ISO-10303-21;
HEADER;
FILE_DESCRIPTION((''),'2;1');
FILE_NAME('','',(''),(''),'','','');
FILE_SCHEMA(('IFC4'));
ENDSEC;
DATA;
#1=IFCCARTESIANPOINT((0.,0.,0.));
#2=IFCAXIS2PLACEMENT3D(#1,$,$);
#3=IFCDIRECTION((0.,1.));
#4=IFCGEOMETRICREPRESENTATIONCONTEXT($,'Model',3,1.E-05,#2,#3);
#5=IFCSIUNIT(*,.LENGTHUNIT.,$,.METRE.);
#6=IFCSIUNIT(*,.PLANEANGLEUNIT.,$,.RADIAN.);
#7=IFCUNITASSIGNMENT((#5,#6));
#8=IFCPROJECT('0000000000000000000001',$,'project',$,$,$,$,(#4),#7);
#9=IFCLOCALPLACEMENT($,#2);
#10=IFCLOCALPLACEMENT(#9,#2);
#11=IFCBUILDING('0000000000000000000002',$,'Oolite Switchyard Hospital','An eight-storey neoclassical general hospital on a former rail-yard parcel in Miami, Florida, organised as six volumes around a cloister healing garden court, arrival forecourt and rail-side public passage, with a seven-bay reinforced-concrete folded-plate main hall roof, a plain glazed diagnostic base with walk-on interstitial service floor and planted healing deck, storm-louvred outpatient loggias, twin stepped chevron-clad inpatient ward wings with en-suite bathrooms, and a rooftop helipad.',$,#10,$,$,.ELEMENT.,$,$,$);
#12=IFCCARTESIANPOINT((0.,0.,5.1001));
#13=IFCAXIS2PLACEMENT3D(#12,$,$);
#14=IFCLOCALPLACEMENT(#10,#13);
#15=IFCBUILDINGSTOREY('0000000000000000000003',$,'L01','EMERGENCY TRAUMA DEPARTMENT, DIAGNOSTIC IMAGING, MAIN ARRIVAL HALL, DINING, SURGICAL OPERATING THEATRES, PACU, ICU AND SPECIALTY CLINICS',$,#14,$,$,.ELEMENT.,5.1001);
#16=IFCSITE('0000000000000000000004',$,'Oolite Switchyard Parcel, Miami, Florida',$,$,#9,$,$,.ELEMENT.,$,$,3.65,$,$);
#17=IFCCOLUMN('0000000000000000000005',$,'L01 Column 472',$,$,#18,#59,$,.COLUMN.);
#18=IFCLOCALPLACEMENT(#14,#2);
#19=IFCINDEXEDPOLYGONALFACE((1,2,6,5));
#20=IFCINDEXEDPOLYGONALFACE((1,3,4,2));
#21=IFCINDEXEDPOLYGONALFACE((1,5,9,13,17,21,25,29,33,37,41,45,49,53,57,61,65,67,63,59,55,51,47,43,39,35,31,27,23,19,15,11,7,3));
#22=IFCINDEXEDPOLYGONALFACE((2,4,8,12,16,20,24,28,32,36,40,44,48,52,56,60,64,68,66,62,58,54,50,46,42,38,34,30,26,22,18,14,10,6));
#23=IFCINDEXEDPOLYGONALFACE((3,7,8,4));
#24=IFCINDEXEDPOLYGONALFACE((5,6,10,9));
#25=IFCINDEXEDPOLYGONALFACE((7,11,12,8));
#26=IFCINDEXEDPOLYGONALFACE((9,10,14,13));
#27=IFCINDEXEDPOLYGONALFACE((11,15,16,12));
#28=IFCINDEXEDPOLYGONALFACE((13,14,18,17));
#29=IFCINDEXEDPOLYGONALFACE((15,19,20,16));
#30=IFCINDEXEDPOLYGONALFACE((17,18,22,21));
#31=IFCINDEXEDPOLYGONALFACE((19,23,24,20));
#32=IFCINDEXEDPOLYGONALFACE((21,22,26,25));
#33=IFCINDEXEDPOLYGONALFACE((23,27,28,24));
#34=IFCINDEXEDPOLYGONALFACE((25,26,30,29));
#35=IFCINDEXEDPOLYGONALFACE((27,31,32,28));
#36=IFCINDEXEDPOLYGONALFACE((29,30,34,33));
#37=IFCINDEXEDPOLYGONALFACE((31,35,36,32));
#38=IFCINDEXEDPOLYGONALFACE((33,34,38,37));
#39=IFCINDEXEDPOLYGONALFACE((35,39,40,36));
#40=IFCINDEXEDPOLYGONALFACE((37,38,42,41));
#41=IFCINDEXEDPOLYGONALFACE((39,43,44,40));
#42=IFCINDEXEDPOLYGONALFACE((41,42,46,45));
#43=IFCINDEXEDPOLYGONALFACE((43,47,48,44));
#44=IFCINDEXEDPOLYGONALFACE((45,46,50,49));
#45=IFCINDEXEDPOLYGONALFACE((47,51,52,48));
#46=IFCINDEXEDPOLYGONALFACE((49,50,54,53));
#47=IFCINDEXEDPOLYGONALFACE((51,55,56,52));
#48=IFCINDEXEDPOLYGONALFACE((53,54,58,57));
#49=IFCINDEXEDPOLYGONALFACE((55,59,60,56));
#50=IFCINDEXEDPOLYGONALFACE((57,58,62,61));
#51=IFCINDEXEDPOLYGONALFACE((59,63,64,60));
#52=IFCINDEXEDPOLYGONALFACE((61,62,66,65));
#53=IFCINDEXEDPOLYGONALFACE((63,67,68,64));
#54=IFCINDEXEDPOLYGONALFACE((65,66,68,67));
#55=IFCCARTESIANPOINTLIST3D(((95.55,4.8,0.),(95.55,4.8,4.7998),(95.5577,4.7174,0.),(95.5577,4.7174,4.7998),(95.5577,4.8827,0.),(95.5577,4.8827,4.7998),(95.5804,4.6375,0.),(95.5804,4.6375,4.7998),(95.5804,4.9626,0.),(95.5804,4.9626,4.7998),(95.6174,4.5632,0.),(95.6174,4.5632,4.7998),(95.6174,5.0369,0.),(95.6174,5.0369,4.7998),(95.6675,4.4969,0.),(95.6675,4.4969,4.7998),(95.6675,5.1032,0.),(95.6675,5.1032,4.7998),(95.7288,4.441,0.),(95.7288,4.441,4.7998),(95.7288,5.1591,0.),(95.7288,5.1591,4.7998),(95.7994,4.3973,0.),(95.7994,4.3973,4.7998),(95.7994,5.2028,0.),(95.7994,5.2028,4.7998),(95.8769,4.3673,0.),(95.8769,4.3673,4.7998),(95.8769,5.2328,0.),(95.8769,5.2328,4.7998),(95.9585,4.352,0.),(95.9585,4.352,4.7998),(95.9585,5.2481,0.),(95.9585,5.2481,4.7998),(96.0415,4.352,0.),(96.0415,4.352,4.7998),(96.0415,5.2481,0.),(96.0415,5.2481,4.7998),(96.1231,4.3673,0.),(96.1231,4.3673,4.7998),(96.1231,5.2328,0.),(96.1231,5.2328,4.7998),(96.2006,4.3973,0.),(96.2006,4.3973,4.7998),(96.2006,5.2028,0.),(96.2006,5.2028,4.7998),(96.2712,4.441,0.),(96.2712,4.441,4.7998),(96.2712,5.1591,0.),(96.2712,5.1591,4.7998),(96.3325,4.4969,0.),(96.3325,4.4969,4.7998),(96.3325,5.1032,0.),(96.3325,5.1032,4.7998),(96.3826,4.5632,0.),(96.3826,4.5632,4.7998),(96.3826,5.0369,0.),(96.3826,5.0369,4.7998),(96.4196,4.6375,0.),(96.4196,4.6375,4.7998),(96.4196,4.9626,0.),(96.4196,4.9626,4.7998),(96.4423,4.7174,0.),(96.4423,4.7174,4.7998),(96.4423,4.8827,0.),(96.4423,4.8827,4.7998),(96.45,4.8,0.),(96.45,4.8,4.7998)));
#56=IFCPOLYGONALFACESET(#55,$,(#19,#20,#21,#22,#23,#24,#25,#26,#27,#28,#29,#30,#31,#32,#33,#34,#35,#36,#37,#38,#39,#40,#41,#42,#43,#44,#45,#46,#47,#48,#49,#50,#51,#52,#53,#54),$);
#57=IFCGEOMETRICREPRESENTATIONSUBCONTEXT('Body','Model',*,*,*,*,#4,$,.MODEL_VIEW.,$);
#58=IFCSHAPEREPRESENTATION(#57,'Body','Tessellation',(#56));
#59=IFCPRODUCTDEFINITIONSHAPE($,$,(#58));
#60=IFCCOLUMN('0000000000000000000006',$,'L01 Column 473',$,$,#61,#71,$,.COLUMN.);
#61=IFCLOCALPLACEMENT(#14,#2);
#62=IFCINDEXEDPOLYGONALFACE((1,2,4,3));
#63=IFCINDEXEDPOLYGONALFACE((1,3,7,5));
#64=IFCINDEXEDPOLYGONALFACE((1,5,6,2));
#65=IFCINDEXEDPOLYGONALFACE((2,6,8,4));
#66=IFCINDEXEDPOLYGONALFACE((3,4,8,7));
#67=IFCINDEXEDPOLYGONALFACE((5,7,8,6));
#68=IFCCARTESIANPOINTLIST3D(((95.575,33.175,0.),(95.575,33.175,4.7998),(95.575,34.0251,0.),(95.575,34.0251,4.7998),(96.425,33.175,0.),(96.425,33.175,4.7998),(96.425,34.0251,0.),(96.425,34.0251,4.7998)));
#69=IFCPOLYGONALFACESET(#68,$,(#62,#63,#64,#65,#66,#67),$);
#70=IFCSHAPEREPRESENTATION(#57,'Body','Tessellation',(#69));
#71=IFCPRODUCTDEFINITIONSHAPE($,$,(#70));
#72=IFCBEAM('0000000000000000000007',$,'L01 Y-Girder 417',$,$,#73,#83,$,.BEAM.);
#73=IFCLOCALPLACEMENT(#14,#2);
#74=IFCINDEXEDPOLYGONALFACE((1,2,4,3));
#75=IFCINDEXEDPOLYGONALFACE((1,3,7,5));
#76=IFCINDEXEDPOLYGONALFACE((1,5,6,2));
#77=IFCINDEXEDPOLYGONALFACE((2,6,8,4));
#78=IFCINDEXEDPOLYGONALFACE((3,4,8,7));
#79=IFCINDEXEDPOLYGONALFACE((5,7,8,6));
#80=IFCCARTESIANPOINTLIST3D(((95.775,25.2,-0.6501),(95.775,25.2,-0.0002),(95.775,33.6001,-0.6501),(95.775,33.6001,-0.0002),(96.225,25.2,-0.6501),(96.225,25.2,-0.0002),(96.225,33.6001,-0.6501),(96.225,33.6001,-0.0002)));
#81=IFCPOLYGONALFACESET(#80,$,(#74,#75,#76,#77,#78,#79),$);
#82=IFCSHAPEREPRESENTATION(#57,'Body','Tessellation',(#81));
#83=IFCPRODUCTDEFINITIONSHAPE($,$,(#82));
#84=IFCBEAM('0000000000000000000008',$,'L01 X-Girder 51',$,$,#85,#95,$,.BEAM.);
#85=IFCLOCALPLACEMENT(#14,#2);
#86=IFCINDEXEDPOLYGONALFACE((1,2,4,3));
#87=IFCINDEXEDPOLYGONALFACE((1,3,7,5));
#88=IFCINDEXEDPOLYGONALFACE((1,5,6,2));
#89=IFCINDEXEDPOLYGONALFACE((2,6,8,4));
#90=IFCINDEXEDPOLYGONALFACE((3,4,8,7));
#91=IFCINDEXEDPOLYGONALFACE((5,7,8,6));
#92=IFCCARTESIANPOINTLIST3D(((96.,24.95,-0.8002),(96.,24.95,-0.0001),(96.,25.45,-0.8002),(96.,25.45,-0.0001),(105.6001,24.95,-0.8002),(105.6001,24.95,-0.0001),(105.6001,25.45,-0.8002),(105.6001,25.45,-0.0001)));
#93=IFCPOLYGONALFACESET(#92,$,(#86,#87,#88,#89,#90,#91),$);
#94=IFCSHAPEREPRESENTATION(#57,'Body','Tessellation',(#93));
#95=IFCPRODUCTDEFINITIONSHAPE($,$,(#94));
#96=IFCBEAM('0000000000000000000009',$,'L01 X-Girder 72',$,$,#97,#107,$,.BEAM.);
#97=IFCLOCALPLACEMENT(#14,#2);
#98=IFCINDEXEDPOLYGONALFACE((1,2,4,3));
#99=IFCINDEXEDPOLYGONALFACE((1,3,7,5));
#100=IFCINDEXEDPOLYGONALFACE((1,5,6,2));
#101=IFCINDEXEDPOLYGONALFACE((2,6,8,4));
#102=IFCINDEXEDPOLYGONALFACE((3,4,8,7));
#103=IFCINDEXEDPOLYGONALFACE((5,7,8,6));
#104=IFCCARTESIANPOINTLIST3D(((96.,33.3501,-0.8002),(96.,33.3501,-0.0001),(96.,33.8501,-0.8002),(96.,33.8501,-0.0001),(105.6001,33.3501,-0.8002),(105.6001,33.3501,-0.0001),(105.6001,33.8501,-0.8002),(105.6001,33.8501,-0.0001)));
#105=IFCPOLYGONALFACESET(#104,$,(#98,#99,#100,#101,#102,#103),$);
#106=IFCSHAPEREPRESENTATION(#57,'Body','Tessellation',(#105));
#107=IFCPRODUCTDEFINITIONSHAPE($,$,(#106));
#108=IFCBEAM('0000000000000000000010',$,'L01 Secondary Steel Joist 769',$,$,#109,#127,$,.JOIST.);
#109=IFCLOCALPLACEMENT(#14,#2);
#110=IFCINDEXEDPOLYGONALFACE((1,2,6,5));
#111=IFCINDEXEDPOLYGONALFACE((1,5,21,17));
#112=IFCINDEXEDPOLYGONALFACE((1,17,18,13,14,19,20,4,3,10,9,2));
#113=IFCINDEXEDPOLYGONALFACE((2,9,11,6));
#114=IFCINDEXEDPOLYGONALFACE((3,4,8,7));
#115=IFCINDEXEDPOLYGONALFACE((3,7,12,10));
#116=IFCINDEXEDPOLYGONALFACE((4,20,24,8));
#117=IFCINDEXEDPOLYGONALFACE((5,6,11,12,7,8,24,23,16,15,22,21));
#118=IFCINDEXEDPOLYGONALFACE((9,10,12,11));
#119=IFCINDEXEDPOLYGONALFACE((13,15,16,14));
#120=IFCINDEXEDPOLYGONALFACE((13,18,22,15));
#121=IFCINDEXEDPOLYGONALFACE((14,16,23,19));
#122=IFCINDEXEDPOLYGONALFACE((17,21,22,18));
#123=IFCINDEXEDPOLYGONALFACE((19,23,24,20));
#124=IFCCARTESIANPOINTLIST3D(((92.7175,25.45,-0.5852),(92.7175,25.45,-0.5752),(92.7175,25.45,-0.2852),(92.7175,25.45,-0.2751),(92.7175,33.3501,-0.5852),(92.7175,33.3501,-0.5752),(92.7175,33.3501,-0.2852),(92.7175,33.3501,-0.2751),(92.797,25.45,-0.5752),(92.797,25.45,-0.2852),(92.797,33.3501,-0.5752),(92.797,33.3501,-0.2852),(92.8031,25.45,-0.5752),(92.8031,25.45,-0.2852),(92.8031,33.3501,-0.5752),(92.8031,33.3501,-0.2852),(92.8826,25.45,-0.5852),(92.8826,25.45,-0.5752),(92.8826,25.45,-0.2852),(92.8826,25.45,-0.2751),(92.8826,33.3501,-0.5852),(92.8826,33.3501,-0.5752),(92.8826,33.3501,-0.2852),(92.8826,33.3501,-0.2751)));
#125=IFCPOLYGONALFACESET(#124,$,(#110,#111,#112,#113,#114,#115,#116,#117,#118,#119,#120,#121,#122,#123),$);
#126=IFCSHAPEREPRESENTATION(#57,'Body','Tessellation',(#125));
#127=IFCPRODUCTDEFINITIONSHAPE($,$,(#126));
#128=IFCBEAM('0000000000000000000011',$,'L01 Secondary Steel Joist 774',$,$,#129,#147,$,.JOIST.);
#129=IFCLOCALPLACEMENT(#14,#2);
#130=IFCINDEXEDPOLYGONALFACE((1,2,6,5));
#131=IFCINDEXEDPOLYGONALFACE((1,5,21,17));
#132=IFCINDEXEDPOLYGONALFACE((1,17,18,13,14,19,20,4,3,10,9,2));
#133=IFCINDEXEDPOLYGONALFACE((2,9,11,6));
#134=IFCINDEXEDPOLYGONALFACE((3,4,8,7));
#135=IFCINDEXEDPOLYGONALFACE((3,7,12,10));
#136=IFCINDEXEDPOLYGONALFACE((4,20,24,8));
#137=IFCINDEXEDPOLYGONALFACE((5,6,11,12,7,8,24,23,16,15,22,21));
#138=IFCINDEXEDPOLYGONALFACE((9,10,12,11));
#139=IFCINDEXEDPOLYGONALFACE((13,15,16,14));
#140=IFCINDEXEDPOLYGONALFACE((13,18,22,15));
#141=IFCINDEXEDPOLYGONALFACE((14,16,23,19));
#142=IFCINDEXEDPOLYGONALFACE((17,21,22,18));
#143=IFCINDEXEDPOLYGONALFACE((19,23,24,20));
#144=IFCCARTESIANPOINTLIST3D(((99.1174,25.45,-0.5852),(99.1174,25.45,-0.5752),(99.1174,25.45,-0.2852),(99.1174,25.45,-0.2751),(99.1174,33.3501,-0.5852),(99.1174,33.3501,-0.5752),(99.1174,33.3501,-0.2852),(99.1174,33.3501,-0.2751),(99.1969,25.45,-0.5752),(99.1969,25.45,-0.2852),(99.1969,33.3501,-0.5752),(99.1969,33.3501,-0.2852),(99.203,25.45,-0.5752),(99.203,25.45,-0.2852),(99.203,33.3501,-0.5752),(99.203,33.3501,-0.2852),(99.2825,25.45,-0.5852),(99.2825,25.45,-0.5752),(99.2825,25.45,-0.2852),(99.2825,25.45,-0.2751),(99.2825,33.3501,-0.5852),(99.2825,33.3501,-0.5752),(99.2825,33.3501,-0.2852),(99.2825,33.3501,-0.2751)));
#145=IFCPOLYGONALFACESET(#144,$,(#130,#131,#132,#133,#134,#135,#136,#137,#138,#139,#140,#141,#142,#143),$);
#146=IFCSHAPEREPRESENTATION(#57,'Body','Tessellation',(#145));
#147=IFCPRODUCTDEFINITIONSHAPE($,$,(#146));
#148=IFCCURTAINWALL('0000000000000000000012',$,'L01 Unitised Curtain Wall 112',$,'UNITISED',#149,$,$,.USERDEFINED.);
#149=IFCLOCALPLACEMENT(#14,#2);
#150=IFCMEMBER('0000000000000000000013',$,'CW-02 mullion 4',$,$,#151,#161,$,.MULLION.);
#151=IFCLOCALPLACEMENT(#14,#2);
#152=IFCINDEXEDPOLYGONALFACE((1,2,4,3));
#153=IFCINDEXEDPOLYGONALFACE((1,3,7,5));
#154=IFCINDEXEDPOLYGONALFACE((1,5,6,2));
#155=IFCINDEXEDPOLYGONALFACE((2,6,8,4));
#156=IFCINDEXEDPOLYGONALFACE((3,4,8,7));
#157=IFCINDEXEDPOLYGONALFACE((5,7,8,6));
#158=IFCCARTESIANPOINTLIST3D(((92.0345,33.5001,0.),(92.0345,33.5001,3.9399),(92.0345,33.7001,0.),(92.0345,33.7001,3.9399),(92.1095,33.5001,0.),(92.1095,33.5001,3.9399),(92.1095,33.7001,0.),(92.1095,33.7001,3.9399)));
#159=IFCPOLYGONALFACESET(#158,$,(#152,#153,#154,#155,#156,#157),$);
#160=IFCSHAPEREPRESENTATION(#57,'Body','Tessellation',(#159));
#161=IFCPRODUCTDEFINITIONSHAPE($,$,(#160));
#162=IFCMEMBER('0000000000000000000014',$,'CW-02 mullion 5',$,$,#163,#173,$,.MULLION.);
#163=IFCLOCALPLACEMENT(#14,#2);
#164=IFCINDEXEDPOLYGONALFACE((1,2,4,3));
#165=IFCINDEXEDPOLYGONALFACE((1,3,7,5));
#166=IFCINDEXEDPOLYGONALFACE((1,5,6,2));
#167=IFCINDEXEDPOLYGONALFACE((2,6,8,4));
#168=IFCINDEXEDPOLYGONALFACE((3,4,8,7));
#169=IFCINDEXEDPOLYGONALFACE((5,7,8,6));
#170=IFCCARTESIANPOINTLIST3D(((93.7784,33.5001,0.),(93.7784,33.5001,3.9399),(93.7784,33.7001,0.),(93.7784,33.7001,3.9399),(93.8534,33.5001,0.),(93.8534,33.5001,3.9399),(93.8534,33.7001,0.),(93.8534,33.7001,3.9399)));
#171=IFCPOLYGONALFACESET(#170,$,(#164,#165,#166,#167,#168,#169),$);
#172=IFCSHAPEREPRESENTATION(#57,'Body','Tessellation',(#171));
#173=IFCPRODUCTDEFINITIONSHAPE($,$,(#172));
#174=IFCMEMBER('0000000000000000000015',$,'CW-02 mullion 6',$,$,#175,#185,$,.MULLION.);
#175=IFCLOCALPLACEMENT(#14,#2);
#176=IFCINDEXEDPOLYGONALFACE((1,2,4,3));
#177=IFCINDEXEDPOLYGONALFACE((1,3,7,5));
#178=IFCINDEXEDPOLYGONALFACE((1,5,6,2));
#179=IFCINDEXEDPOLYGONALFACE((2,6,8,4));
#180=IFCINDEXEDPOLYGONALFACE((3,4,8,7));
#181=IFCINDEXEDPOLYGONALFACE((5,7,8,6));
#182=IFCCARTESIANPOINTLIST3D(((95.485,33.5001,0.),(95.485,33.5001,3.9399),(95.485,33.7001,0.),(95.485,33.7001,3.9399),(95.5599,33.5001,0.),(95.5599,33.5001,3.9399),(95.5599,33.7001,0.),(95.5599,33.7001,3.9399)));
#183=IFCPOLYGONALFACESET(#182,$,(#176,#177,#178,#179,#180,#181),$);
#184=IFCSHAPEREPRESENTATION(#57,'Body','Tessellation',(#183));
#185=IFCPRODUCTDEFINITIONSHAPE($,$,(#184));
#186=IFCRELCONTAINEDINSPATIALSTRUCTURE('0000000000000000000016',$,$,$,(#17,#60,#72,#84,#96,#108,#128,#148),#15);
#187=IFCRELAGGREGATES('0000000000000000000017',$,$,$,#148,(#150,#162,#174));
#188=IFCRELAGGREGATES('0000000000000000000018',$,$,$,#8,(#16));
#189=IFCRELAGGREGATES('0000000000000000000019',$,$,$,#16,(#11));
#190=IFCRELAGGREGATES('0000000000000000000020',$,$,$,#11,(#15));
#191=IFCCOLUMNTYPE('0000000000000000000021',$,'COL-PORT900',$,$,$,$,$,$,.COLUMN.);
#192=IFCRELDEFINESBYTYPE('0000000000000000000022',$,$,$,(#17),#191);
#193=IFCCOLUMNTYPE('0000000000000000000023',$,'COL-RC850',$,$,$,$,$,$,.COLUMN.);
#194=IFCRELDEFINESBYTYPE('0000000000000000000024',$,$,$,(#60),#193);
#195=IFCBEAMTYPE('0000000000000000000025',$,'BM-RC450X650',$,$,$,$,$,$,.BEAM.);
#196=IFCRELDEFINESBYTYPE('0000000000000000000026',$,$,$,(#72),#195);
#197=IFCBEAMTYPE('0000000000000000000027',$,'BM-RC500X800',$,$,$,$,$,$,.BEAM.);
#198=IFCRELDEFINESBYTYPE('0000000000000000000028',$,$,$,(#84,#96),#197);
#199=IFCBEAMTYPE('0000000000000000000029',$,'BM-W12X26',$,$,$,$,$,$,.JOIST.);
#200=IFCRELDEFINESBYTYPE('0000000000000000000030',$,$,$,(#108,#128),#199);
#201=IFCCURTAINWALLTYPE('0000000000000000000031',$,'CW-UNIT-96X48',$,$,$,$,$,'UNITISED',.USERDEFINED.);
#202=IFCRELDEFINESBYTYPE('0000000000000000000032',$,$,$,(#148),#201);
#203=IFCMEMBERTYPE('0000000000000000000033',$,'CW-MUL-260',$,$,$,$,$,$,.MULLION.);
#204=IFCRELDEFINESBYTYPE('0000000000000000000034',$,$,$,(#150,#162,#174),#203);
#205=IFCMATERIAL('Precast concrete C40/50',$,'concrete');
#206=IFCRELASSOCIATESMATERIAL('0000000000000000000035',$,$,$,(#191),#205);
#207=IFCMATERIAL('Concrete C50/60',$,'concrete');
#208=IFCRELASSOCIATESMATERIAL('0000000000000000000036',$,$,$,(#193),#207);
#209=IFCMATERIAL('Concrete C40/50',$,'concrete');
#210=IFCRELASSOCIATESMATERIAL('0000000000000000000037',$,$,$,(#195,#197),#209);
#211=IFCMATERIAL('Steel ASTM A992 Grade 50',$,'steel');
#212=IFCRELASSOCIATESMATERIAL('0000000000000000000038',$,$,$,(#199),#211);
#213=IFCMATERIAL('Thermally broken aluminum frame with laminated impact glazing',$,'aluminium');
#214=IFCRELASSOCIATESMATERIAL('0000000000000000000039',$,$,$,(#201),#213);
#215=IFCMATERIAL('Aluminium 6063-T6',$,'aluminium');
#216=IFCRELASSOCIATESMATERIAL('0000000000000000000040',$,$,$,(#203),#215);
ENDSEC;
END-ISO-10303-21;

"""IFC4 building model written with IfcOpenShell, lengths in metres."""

from ifc_helpers import new_model, si_unit, direction, frame, origin, origin_2d, place, context, subcontext, project, spatial, rectangle, circle, i_section, extrude, material, material_profile, profile_set, type_object, element, aggregate, save


model = new_model("IFC4")

# Units and contexts
model_context = context("Model", 3, precision=1e-05, world=origin(), true_north=direction((0.0, 1.0)))
body_context = subcontext(model_context, "Body", "Model", "MODEL_VIEW")
ifc_project = project(units=[si_unit("LENGTHUNIT", "METRE"), si_unit("PLANEANGLEUNIT", "RADIAN")], contexts=[model_context])

# Site, building, storey
site_placement = place(None, origin())
site = spatial("IfcSite", under=ifc_project, at=site_placement, Name="Oolite Switchyard Parcel, Miami, Florida", CompositionType="ELEMENT", RefElevation=3.65)
building_placement = place(site_placement, origin())
building = spatial("IfcBuilding", under=site, at=building_placement, Name="Oolite Switchyard Hospital", Description="An eight-storey neoclassical general hospital on a former rail-yard parcel in Miami, Florida, organised as six volumes around a cloister healing garden court, arrival forecourt and rail-side public passage, with a seven-bay reinforced-concrete folded-plate main hall roof, a plain glazed diagnostic base with walk-on interstitial service floor and planted healing deck, storm-louvred outpatient loggias, twin stepped chevron-clad inpatient ward wings with en-suite bathrooms, and a rooftop helipad.", CompositionType="ELEMENT")
storey_placement = place(building_placement, frame((0.0, 0.0, 5.1001)))
storey = spatial("IfcBuildingStorey", under=building, at=storey_placement, Name="L01", Description="EMERGENCY TRAUMA DEPARTMENT, DIAGNOSTIC IMAGING, MAIN ARRIVAL HALL, DINING, SURGICAL OPERATING THEATRES, PACU, ICU AND SPECIALTY CLINICS", CompositionType="ELEMENT", Elevation=5.1001)

# Columns
ifc_material_1 = material(Name="Precast concrete C40/50", Category="concrete")
ifc_material_profile_1 = material_profile(ifc_material_1, circle(Radius=0.45, at=origin_2d()), Name="RCCOL900")
ifc_profile_set_1 = profile_set([ifc_material_profile_1], Name="Precast concrete C40/50")
column_type_1 = type_object("IfcColumnType", Name="COL-PORT900", PredefinedType="COLUMN", material=ifc_profile_set_1)
column_1_placement = place(storey_placement, frame((96.0, 4.8, 0.0), z_axis=(0.0, 0.0, 1.0), x_axis=(1.0, 0.0, 0.0)))
element("IfcColumn", 1, at=column_1_placement, inside=storey, type_object=column_type_1, Name="L01 Column 472", PredefinedType="COLUMN", context=body_context, shape_type="SweptSolid", body=[
    extrude(circle(Radius=0.45, at=origin_2d()), origin(), (0.0, 0.0, 1.0), 4.7998),
])
ifc_material_2 = material(Name="Concrete C50/60", Category="concrete")
ifc_material_profile_2 = material_profile(ifc_material_2, rectangle(XDim=0.8501, YDim=0.8501, at=origin_2d()), Name="RC850X850")
ifc_profile_set_2 = profile_set([ifc_material_profile_2], Name="Concrete C50/60")
column_type_2 = type_object("IfcColumnType", Name="COL-RC850", PredefinedType="COLUMN", material=ifc_profile_set_2)
column_2_placement = place(storey_placement, frame((96.0, 33.6001, 0.0), z_axis=(0.0, 0.0, 1.0), x_axis=(1.0, 0.0, 0.0)))
element("IfcColumn", 2, at=column_2_placement, inside=storey, type_object=column_type_2, Name="L01 Column 473", PredefinedType="COLUMN", context=body_context, shape_type="SweptSolid", body=[
    extrude(rectangle(XDim=0.8501, YDim=0.8501, at=origin_2d()), origin(), (0.0, 0.0, 1.0), 4.7998),
])

# Beams
ifc_material_3 = material(Name="Concrete C40/50", Category="concrete")
ifc_material_profile_3 = material_profile(ifc_material_3, rectangle(XDim=0.45, YDim=0.6499, at=origin_2d()), Name="RCB450X650")
ifc_profile_set_3 = profile_set([ifc_material_profile_3], Name="Concrete C40/50")
beam_type_1 = type_object("IfcBeamType", Name="BM-RC450X650", PredefinedType="BEAM", material=ifc_profile_set_3)
beam_placement = place(storey_placement, frame((96.0, 25.2, -0.3252), z_axis=(0.0, 1.0, 0.0), x_axis=(-1.0, 0.0, 0.0)))
element("IfcBeam", 3, at=beam_placement, inside=storey, type_object=beam_type_1, Name="L01 Y-Girder 417", PredefinedType="BEAM", context=body_context, shape_type="SweptSolid", body=[
    extrude(rectangle(XDim=0.45, YDim=0.6499, at=origin_2d()), origin(), (0.0, 0.0, 1.0), 8.4001),
])
ifc_material_profile_4 = material_profile(ifc_material_3, rectangle(XDim=0.5, YDim=0.8, at=origin_2d()), Name="RCB500X800")
ifc_profile_set_4 = profile_set([ifc_material_profile_4], Name="Concrete C40/50")
beam_type_2 = type_object("IfcBeamType", Name="BM-RC500X800", PredefinedType="BEAM", material=ifc_profile_set_4)
for number, where, z_axis, x_axis, name in (
    (4, (96.0, 25.2, -0.4001), (1.0, 0.0, 0.0), (0.0, 1.0, 0.0), "L01 X-Girder 51"),
    (5, (96.0, 33.6001, -0.4001), (1.0, 0.0, 0.0), (0.0, 1.0, 0.0), "L01 X-Girder 72"),
):
    element("IfcBeam", number, at=place(storey_placement, frame(where, z_axis=z_axis, x_axis=x_axis)), inside=storey, type_object=beam_type_2, Name=name, PredefinedType="BEAM", context=body_context, shape_type="SweptSolid", body=[
        extrude(rectangle(XDim=0.5, YDim=0.8, at=origin_2d()), origin(), (0.0, 0.0, 1.0), 9.6001),
    ])
ifc_material_4 = material(Name="Steel ASTM A992 Grade 50", Category="steel")
ifc_material_profile_5 = material_profile(ifc_material_4, i_section(OverallWidth=0.165, OverallDepth=0.3101, WebThickness=0.0061, FlangeThickness=0.01, at=origin_2d()), Name="W12X26")
ifc_profile_set_5 = profile_set([ifc_material_profile_5], Name="Steel ASTM A992 Grade 50")
beam_type_3 = type_object("IfcBeamType", Name="BM-W12X26", PredefinedType="JOIST", material=ifc_profile_set_5)
for number, where, z_axis, x_axis, name in (
    (6, (92.8, 25.45, -0.4302), (0.0, 1.0, 0.0), (-1.0, 0.0, 0.0), "L01 Secondary Steel Joist 769"),
    (7, (99.2, 25.45, -0.4302), (0.0, 1.0, 0.0), (-1.0, 0.0, 0.0), "L01 Secondary Steel Joist 774"),
):
    element("IfcBeam", number, at=place(storey_placement, frame(where, z_axis=z_axis, x_axis=x_axis)), inside=storey, type_object=beam_type_3, Name=name, PredefinedType="JOIST", context=body_context, shape_type="SweptSolid", body=[
        extrude(i_section(OverallWidth=0.165, OverallDepth=0.3101, WebThickness=0.0061, FlangeThickness=0.01, at=origin_2d()), origin(), (0.0, 0.0, 1.0), 7.9001),
    ])

# Curtain wall, members
ifc_material_5 = material(Name="Thermally broken aluminum frame with laminated impact glazing", Category="aluminium")
curtain_wall_type = type_object("IfcCurtainWallType", Name="CW-UNIT-96X48", ElementType="UNITISED", PredefinedType="USERDEFINED", material=ifc_material_5)
curtain_wall_placement = place(storey_placement, origin())
curtain_wall = element("IfcCurtainWall", 8, at=curtain_wall_placement, inside=storey, type_object=curtain_wall_type, Name="L01 Unitised Curtain Wall 112", ObjectType="UNITISED", PredefinedType="USERDEFINED")
ifc_material_6 = material(Name="Aluminium 6063-T6", Category="aluminium")
ifc_material_profile_6 = material_profile(ifc_material_6, rectangle(XDim=0.2, YDim=0.075, at=origin_2d()), Name="CWM75X200")
ifc_profile_set_6 = profile_set([ifc_material_profile_6], Name="Aluminium 6063-T6")
member_type_1 = type_object("IfcMemberType", Name="CW-MUL-260", PredefinedType="MULLION", material=ifc_profile_set_6)
member_1_placement = place(storey_placement, frame((92.072, 33.6001, 0.0), z_axis=(0.0, 0.0, 1.0), x_axis=(0.0, 1.0, 0.0)))
member_1 = element("IfcMember", 9, at=member_1_placement, type_object=member_type_1, Name="CW-02 mullion 4", PredefinedType="MULLION", context=body_context, shape_type="SweptSolid", body=[
    extrude(rectangle(XDim=0.2, YDim=0.075, at=origin_2d()), origin(), (0.0, 0.0, 1.0), 3.9399),
])
member_2_placement = place(storey_placement, frame((93.8159, 33.6001, 0.0), z_axis=(0.0, 0.0, 1.0), x_axis=(0.0, 1.0, 0.0)))
member_2 = element("IfcMember", 10, at=member_2_placement, type_object=member_type_1, Name="CW-02 mullion 5", PredefinedType="MULLION", context=body_context, shape_type="SweptSolid", body=[
    extrude(rectangle(XDim=0.2, YDim=0.075, at=origin_2d()), origin(), (0.0, 0.0, 1.0), 3.9399),
])
member_3_placement = place(storey_placement, frame((95.5225, 33.6001, 0.0), z_axis=(0.0, 0.0, 1.0), x_axis=(0.0, 1.0, 0.0)))
member_3 = element("IfcMember", 11, at=member_3_placement, type_object=member_type_1, Name="CW-02 mullion 6", PredefinedType="MULLION", context=body_context, shape_type="SweptSolid", body=[
    extrude(rectangle(XDim=0.2, YDim=0.075, at=origin_2d()), origin(), (0.0, 0.0, 1.0), 3.9399),
])
aggregate(curtain_wall, [member_1, member_2, member_3])

save(model, "model.ifc")
